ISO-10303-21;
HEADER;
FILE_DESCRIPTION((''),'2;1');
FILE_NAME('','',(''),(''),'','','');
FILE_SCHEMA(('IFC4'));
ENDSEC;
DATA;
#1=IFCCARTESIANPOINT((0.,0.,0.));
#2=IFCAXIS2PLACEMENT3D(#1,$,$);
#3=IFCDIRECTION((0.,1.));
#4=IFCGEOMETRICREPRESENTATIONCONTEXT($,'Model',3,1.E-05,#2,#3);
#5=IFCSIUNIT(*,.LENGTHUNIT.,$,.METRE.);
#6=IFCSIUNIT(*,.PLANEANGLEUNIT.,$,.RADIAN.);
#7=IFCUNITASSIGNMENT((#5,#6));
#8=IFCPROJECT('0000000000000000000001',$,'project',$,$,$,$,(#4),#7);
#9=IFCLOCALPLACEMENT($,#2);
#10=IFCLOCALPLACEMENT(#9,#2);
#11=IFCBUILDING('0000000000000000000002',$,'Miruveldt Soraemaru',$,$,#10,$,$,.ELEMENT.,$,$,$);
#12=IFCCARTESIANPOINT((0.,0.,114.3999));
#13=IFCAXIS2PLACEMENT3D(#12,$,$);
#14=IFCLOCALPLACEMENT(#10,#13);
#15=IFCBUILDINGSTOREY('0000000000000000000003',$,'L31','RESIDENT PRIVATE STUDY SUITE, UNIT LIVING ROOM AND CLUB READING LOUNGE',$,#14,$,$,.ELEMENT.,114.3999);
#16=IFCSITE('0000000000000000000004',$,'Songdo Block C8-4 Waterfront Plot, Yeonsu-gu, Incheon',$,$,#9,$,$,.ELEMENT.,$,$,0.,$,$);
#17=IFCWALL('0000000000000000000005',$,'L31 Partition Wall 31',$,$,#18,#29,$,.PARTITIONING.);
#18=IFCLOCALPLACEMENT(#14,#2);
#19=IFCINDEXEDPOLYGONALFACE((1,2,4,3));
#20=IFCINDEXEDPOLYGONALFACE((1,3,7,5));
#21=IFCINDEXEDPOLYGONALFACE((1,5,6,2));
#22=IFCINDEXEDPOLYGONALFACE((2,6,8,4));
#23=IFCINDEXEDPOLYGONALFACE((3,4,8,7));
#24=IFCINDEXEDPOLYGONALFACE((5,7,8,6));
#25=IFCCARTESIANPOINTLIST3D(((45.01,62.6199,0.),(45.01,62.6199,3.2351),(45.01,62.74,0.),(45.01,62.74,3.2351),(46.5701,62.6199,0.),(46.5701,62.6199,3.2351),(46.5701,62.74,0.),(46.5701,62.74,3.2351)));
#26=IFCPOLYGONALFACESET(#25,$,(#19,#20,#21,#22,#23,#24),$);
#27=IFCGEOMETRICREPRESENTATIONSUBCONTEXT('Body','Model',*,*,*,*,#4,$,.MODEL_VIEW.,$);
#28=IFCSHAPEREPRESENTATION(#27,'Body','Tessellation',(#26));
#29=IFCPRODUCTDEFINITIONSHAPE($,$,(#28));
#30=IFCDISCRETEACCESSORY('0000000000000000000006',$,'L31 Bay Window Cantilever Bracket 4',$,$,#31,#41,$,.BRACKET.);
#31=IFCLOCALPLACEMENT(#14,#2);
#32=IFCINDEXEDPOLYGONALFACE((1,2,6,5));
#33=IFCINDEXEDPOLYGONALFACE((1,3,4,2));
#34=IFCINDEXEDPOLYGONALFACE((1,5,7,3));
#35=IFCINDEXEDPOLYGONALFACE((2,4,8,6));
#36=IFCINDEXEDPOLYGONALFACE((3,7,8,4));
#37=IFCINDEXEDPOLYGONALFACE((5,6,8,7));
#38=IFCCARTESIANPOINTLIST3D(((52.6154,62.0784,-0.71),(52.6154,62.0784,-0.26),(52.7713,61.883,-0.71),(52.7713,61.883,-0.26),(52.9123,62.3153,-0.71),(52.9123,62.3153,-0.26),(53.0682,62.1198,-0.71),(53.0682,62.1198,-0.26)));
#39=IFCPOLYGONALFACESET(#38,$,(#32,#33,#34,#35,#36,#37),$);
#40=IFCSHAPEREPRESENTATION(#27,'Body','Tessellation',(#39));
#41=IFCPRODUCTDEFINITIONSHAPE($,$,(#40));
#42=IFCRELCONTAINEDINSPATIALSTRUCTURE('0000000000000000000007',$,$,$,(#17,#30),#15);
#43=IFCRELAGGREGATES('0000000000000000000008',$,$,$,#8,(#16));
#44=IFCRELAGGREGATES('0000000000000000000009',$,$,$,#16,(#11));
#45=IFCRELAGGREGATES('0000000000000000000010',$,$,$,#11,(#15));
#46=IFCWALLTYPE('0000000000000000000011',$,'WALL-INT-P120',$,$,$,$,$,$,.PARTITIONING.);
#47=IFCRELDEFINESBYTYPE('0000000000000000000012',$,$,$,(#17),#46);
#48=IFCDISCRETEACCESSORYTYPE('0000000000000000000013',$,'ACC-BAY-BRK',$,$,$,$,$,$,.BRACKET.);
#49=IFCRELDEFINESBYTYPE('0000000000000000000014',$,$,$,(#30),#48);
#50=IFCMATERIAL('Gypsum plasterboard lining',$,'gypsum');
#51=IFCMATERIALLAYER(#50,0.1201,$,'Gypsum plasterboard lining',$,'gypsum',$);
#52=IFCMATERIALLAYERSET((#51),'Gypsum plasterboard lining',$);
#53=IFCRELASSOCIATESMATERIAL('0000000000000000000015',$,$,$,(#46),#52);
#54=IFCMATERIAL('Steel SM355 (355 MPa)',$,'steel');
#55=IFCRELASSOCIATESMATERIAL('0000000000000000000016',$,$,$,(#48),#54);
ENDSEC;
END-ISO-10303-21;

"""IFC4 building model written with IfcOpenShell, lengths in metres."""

from ifc_helpers import new_model, si_unit, direction, frame, frame_2d, origin, origin_2d, place, context, subcontext, project, spatial, rectangle, extrude, material, layer, layer_set, type_object, element, save


model = new_model("IFC4")

# Units and contexts
model_context = context("Model", 3, precision=1e-05, world=origin(), true_north=direction((0.0, 1.0)))
body_context = subcontext(model_context, "Body", "Model", "MODEL_VIEW")
ifc_project = project(units=[si_unit("LENGTHUNIT", "METRE"), si_unit("PLANEANGLEUNIT", "RADIAN")], contexts=[model_context])

# Site, building, storey
site_placement = place(None, origin())
site = spatial("IfcSite", under=ifc_project, at=site_placement, Name="Songdo Block C8-4 Waterfront Plot, Yeonsu-gu, Incheon", CompositionType="ELEMENT", RefElevation=0.0)
building_placement = place(site_placement, origin())
building = spatial("IfcBuilding", under=site, at=building_placement, Name="Miruveldt Soraemaru", CompositionType="ELEMENT")
storey_placement = place(building_placement, frame((0.0, 0.0, 114.3999)))
storey = spatial("IfcBuildingStorey", under=building, at=storey_placement, Name="L31", Description="RESIDENT PRIVATE STUDY SUITE, UNIT LIVING ROOM AND CLUB READING LOUNGE", CompositionType="ELEMENT", Elevation=114.3999)

# Shared definitions
ifc_material_1 = material(Name="Gypsum plasterboard lining", Category="gypsum")
ifc_layer_1 = layer(ifc_material_1, 0.1201, Name="Gypsum plasterboard lining", Category="gypsum")
ifc_layer_set_1 = layer_set([ifc_layer_1], Name="Gypsum plasterboard lining")
wall_type_1 = type_object("IfcWallType", Name="WALL-INT-P120", PredefinedType="PARTITIONING", material=ifc_layer_set_1)

# Wall
wall_1_placement = place(storey_placement, frame((46.5701, 62.6799, 0.0), z_axis=(0.0, 0.0, 1.0), x_axis=(-1.0, 0.0, 0.0)))
element("IfcWall", 1, at=wall_1_placement, inside=storey, type_object=wall_type_1, Name="L31 Partition Wall 31", PredefinedType="PARTITIONING", context=body_context, shape_type="SweptSolid", body=[
    extrude(rectangle(XDim=1.5601, YDim=0.1201, at=frame_2d((0.78, 0.0))), origin(), (0.0, 0.0, 1.0), 3.2351),
])

# Discrete accessory
ifc_material_2 = material(Name="Steel SM355 (355 MPa)", Category="steel")
discrete_accessory_type = type_object("IfcDiscreteAccessoryType", Name="ACC-BAY-BRK", PredefinedType="BRACKET", material=ifc_material_2)
discrete_accessory_placement = place(storey_placement, frame((52.8418, 62.0991, -0.71), z_axis=(0.0, 0.0, 1.0), x_axis=(0.781749, 0.623593, 0.0)))
element("IfcDiscreteAccessory", 2, at=discrete_accessory_placement, inside=storey, type_object=discrete_accessory_type, Name="L31 Bay Window Cantilever Bracket 4", PredefinedType="BRACKET", context=body_context, shape_type="SweptSolid", body=[
    extrude(rectangle(XDim=0.3799, YDim=0.25, at=origin_2d()), origin(), (0.0, 0.0, 1.0), 0.45),
])

save(model, "model.ifc")
